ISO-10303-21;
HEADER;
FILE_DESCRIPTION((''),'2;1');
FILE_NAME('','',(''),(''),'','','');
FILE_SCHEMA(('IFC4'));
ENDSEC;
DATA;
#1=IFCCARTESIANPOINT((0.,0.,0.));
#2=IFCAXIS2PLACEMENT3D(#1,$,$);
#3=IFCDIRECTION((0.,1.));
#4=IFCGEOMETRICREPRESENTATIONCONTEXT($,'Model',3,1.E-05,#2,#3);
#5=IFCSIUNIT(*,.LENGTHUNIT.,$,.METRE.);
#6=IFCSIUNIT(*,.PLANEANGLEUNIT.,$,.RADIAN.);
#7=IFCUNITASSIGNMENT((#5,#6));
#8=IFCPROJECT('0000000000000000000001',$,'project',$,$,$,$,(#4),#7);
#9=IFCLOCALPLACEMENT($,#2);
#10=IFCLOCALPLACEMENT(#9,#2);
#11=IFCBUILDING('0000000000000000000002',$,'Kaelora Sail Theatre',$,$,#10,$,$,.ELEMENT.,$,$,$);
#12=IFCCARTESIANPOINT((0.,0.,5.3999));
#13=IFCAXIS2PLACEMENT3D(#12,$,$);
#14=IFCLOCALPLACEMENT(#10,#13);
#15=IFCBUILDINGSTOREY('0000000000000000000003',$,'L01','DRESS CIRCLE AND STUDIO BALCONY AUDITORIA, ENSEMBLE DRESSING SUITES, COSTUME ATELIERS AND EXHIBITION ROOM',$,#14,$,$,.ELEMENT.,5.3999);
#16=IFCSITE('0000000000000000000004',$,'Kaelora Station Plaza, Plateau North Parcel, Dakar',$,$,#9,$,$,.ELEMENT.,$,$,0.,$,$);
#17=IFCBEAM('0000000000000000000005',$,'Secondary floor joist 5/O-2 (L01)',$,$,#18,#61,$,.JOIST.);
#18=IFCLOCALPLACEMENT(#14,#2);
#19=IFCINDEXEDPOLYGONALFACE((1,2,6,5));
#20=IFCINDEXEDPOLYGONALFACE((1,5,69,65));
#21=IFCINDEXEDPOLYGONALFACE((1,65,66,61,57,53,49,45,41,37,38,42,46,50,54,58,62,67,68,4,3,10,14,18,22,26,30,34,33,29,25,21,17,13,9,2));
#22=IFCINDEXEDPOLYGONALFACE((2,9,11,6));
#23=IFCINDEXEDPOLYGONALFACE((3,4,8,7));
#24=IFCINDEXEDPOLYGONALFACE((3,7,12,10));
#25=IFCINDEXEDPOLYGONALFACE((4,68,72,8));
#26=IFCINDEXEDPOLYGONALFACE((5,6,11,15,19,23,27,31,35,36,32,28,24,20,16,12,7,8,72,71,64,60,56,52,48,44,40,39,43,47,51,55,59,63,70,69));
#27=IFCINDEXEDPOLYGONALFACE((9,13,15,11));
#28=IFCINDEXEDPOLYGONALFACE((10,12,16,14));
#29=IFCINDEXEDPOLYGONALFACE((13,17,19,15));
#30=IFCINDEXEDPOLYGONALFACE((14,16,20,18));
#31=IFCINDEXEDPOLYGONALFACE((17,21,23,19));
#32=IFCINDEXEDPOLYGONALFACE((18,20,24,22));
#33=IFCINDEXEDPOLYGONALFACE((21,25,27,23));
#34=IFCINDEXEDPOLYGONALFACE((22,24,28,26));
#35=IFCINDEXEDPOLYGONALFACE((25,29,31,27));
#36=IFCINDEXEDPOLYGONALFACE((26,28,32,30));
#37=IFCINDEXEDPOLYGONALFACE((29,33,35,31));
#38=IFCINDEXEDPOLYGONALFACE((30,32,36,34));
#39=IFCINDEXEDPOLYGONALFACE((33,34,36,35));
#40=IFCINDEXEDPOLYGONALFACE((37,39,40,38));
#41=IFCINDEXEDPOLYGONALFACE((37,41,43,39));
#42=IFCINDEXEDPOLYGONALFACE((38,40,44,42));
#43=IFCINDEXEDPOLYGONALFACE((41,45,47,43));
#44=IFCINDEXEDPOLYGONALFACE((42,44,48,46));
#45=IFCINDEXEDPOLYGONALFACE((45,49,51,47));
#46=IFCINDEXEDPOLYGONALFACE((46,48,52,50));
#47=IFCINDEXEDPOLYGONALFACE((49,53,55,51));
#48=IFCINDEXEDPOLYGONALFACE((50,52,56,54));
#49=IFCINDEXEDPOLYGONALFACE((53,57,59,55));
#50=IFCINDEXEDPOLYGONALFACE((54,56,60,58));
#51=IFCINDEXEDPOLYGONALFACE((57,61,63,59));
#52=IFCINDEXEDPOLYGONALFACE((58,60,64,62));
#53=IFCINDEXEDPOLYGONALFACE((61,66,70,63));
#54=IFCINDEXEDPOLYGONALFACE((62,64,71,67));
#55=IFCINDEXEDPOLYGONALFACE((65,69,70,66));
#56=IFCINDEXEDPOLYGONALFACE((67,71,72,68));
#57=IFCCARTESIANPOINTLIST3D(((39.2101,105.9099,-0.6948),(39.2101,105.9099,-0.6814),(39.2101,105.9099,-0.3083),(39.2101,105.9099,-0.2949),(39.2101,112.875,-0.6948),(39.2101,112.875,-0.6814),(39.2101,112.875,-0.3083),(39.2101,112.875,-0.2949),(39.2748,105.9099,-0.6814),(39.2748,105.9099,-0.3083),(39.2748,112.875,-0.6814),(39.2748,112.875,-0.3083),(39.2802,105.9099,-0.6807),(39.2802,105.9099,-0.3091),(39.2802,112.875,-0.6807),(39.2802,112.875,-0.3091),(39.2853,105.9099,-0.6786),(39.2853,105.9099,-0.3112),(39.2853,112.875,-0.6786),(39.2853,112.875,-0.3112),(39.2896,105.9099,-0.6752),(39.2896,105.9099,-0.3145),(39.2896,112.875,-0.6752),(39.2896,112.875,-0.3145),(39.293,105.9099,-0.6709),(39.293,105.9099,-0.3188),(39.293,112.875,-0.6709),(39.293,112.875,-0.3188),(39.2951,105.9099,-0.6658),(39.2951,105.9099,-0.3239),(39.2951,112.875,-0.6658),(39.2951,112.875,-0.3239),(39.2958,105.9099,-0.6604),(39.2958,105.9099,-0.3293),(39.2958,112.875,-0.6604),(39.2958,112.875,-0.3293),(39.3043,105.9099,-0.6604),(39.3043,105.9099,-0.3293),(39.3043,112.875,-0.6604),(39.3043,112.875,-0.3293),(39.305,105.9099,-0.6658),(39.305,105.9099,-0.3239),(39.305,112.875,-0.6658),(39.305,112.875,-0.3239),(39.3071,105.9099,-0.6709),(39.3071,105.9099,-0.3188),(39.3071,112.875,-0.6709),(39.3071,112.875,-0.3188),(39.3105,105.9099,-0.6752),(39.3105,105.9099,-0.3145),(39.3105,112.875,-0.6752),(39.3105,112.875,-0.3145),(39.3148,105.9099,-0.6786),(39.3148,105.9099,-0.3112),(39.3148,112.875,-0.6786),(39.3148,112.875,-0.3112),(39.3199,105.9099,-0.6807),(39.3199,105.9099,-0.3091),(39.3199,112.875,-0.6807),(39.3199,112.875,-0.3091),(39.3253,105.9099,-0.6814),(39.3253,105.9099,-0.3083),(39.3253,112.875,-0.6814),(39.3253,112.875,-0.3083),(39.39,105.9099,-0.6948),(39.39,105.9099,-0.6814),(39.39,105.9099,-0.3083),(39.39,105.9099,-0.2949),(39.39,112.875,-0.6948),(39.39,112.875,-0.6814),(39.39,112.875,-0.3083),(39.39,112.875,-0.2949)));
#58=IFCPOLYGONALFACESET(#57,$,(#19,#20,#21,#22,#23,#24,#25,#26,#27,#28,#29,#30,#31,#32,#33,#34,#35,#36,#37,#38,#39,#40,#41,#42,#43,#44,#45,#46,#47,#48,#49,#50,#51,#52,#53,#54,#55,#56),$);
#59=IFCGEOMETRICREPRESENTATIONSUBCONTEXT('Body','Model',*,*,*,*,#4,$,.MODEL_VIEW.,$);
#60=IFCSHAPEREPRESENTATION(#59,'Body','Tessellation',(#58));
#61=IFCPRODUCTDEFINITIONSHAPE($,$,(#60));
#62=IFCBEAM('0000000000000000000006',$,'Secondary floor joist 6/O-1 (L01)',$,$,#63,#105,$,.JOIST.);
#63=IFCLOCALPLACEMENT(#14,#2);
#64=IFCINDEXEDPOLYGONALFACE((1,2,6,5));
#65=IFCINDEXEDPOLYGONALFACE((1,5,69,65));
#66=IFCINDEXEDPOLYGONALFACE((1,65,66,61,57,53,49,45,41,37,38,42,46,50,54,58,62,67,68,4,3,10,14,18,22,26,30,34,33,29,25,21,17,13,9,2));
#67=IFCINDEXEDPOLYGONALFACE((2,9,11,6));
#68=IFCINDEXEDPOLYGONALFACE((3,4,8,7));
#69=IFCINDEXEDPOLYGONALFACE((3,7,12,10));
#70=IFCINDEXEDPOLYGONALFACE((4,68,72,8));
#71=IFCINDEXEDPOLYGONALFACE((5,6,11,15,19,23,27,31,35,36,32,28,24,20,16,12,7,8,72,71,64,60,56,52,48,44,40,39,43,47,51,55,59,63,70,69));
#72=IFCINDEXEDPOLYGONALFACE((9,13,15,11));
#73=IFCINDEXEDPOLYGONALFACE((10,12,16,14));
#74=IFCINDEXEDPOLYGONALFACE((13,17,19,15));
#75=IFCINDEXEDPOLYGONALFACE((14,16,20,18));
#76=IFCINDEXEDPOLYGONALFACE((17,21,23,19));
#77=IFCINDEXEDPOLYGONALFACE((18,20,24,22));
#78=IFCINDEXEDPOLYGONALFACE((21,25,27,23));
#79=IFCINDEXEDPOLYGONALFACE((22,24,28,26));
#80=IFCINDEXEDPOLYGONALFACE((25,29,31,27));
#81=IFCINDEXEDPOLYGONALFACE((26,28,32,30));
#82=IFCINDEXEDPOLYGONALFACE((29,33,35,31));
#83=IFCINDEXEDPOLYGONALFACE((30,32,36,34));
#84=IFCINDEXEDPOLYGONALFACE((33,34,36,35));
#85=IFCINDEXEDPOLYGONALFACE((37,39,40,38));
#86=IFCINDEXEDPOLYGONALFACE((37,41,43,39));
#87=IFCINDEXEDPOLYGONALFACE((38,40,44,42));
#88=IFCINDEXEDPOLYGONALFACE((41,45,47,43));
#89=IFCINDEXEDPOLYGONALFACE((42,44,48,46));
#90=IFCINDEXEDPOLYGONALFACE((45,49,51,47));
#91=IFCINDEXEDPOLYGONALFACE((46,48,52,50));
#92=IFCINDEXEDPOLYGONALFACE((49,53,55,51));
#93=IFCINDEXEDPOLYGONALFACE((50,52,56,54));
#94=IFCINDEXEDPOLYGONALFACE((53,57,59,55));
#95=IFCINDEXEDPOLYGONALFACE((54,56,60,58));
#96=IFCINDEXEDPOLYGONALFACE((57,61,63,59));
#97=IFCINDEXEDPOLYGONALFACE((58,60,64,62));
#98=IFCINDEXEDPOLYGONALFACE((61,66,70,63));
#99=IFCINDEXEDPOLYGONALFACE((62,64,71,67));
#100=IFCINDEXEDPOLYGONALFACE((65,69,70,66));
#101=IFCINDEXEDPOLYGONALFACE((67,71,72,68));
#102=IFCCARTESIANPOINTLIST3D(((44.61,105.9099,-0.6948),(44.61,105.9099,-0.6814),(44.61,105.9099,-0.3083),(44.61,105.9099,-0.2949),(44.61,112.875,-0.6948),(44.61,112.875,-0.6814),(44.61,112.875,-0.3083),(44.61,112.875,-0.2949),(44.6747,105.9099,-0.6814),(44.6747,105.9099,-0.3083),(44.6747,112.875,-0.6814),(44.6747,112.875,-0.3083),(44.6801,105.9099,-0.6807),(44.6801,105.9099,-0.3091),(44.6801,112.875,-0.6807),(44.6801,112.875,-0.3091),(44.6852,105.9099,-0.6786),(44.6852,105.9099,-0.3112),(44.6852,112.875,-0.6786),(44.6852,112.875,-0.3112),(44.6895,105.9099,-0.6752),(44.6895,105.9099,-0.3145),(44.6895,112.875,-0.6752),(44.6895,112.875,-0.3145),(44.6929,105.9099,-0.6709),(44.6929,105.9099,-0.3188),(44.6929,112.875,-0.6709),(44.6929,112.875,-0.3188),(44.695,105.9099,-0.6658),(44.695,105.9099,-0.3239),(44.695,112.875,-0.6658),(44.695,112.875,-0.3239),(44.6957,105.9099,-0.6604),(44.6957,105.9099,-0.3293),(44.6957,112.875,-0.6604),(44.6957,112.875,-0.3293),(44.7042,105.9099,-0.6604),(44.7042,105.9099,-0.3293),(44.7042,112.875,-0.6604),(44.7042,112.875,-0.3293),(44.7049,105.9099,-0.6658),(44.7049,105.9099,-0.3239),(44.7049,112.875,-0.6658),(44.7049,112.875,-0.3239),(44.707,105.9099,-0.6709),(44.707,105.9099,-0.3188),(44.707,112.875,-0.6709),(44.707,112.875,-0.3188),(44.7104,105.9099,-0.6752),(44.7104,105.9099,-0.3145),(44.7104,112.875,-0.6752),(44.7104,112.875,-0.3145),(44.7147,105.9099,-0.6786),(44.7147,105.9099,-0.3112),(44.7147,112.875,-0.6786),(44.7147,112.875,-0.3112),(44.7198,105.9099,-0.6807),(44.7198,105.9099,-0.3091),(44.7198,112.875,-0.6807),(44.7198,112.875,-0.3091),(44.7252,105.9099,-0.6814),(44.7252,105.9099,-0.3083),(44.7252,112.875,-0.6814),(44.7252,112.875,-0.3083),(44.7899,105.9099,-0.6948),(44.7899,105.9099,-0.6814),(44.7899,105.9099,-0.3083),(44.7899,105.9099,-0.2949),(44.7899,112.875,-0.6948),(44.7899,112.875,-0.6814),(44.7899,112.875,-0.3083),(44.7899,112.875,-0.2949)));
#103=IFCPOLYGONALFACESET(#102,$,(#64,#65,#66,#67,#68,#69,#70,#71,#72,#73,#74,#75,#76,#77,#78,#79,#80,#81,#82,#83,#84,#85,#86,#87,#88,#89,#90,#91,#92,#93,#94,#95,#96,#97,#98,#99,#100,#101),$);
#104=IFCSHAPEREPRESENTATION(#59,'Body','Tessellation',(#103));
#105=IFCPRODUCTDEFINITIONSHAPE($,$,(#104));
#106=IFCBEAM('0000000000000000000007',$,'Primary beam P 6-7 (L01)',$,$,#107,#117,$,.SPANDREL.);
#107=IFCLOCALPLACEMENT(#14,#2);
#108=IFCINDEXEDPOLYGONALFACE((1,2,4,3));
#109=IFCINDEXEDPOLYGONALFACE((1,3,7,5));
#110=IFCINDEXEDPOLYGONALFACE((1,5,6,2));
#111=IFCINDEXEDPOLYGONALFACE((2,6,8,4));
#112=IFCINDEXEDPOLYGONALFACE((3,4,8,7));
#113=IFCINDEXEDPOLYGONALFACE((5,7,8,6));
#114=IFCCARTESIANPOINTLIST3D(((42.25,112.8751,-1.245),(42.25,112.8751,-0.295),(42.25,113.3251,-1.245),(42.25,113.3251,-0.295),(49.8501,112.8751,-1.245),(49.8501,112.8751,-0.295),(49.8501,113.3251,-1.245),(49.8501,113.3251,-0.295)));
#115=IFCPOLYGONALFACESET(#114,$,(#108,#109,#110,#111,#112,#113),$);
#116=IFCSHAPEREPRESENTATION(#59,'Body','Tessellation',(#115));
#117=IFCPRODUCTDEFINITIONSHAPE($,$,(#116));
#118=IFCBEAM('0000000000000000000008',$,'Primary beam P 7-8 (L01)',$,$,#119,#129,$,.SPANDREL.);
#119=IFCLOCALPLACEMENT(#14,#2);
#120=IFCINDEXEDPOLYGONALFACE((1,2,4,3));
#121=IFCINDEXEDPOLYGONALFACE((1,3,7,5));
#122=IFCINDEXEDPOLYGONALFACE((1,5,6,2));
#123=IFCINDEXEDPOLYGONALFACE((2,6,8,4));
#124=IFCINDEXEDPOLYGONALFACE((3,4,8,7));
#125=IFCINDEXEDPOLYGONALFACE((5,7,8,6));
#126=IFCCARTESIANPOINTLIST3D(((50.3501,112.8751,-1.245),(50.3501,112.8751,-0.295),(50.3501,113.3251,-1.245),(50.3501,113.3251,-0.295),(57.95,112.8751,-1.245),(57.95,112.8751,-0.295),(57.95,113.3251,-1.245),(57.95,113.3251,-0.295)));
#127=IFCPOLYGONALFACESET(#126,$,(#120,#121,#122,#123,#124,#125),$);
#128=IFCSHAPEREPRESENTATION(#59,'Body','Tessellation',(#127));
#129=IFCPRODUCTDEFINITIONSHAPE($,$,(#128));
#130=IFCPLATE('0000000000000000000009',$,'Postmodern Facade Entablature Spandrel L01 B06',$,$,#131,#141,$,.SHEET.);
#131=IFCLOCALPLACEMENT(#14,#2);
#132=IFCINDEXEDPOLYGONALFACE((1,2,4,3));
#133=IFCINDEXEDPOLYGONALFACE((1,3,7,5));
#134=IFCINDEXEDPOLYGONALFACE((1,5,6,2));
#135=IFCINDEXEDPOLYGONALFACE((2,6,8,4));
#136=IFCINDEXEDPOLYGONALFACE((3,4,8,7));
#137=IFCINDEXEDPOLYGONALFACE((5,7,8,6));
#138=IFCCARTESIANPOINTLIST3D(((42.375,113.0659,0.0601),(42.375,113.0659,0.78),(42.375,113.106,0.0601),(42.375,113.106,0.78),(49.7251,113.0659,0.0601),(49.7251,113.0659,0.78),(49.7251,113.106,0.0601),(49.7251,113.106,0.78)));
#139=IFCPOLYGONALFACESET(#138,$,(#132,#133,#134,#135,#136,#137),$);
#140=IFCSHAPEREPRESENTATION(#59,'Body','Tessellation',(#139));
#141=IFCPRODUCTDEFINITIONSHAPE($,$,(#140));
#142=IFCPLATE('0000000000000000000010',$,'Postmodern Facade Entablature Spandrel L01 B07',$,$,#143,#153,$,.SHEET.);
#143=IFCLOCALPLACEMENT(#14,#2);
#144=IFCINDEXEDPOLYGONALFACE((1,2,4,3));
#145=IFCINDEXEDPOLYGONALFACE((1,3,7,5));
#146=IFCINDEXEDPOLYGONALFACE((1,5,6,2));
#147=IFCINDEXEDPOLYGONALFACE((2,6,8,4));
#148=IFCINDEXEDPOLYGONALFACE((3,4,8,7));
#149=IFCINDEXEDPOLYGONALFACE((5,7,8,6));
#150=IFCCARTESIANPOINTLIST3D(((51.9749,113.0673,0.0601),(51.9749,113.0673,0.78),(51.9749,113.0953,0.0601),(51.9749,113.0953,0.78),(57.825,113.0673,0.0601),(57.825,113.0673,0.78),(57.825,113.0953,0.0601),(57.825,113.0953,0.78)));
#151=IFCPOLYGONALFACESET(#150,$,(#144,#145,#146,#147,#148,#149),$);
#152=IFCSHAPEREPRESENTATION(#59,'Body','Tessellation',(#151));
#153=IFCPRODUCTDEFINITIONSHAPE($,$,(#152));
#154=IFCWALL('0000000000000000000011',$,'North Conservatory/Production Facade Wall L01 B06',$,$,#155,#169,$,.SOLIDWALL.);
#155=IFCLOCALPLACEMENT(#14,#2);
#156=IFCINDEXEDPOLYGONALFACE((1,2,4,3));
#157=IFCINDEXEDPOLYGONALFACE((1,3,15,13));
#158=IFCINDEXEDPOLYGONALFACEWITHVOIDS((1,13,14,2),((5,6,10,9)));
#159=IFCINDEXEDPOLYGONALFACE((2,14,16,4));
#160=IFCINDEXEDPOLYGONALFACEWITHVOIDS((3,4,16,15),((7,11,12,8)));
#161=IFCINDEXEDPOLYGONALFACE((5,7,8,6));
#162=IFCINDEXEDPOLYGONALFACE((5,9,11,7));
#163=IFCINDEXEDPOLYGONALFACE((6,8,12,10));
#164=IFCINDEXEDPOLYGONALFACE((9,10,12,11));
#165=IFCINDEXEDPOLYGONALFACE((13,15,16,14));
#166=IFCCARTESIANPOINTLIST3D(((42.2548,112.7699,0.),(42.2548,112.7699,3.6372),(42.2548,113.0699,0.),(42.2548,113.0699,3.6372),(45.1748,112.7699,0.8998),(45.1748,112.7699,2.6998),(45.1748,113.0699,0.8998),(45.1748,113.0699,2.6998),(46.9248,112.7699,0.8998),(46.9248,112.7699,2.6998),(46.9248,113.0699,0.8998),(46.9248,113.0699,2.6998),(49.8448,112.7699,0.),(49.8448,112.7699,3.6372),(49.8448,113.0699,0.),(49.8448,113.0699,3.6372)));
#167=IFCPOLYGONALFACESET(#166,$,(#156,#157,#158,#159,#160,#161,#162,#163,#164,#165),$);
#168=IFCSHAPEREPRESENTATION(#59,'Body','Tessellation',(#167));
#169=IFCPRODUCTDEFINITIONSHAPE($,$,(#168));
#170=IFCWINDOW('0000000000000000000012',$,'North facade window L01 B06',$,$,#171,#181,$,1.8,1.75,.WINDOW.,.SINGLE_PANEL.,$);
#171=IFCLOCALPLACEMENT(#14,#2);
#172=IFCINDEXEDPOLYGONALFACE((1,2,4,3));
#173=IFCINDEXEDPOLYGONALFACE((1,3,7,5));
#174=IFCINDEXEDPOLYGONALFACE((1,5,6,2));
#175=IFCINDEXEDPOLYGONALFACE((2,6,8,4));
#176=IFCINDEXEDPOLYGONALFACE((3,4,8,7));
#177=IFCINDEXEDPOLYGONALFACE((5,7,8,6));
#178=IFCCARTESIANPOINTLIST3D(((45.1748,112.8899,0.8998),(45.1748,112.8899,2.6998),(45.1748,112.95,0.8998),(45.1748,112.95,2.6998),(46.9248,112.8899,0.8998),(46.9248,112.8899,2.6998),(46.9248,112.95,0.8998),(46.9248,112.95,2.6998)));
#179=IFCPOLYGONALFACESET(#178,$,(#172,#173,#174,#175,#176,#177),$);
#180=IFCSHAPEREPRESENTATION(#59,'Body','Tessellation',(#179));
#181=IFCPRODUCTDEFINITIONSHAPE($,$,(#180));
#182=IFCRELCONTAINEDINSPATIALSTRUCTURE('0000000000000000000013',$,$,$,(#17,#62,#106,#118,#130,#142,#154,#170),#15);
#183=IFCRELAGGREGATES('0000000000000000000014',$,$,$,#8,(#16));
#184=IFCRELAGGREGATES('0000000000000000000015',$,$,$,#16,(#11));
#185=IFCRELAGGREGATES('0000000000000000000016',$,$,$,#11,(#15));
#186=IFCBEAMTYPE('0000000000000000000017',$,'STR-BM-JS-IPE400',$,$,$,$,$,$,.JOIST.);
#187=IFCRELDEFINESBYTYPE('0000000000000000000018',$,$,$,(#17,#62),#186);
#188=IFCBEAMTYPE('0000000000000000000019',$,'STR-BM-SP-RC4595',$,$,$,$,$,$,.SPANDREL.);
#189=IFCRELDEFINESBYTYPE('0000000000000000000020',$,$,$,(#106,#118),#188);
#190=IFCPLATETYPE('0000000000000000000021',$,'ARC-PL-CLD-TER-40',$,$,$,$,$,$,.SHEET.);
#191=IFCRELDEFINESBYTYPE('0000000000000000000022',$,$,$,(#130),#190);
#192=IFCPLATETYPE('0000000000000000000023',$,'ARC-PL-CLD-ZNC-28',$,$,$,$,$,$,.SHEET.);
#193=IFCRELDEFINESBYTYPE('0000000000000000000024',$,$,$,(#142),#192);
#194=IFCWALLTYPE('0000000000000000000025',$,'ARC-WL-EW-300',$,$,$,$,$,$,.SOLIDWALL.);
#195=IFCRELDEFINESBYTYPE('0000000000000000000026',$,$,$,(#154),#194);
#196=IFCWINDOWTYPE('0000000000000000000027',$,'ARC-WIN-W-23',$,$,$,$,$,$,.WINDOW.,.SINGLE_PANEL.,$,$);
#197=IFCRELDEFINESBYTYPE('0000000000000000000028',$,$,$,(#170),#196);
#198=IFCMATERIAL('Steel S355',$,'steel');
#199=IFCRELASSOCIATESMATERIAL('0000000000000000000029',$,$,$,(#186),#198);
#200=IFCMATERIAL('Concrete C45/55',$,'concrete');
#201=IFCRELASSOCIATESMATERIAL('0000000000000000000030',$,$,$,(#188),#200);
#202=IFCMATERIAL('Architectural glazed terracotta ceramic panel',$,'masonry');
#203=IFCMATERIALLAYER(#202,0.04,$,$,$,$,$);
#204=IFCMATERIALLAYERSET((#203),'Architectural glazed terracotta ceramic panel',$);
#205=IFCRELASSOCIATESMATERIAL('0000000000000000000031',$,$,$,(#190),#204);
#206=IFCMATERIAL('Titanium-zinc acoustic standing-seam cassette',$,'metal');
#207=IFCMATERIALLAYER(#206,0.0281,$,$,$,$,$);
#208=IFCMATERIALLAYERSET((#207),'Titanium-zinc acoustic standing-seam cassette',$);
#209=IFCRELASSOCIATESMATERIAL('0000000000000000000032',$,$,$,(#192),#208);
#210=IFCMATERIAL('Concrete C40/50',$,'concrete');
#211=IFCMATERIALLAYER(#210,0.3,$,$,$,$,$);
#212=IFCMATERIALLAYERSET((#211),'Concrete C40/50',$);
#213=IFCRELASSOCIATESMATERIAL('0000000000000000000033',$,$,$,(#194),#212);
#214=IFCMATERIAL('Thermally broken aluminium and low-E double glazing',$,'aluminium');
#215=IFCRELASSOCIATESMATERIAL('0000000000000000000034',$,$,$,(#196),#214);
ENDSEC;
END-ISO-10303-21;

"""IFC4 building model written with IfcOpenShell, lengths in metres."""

from ifc_helpers import new_model, si_unit, direction, frame, frame_2d, origin, origin_2d, place, context, subcontext, project, spatial, rectangle, i_section, extrude, material, layer, layer_set, material_profile, profile_set, type_object, element, fill, save


model = new_model("IFC4")

# Units and contexts
model_context = context("Model", 3, precision=1e-05, world=origin(), true_north=direction((0.0, 1.0)))
body_context = subcontext(model_context, "Body", "Model", "MODEL_VIEW")
ifc_project = project(units=[si_unit("LENGTHUNIT", "METRE"), si_unit("PLANEANGLEUNIT", "RADIAN")], contexts=[model_context])

# Site, building, storey
site_placement = place(None, origin())
site = spatial("IfcSite", under=ifc_project, at=site_placement, Name="Kaelora Station Plaza, Plateau North Parcel, Dakar", CompositionType="ELEMENT", RefElevation=0.0)
building_placement = place(site_placement, origin())
building = spatial("IfcBuilding", under=site, at=building_placement, Name="Kaelora Sail Theatre", CompositionType="ELEMENT")
storey_placement = place(building_placement, frame((0.0, 0.0, 5.3999)))
storey = spatial("IfcBuildingStorey", under=building, at=storey_placement, Name="L01", Description="DRESS CIRCLE AND STUDIO BALCONY AUDITORIA, ENSEMBLE DRESSING SUITES, COSTUME ATELIERS AND EXHIBITION ROOM", CompositionType="ELEMENT", Elevation=5.3999)

# Beams
ifc_material_1 = material(Name="Steel S355", Category="steel")
ifc_material_profile_1 = material_profile(ifc_material_1, i_section(OverallWidth=0.1799, OverallDepth=0.3999, WebThickness=0.0085, FlangeThickness=0.0134, FilletRadius=0.021, at=origin_2d()), Name="IPE 400")
ifc_profile_set_1 = profile_set([ifc_material_profile_1], Name="Steel S355")
beam_type_1 = type_object("IfcBeamType", Name="STR-BM-JS-IPE400", PredefinedType="JOIST", material=ifc_profile_set_1)
for number, where, z_axis, x_axis, name in (
    (1, (39.3, 105.9099, -0.4949), (0.0, 1.0, 0.0), (-1.0, 0.0, 0.0), "Secondary floor joist 5/O-2 (L01)"),
    (2, (44.7, 105.9099, -0.4949), (0.0, 1.0, 0.0), (-1.0, 0.0, 0.0), "Secondary floor joist 6/O-1 (L01)"),
):
    element("IfcBeam", number, at=place(storey_placement, frame(where, z_axis=z_axis, x_axis=x_axis)), inside=storey, type_object=beam_type_1, Name=name, PredefinedType="JOIST", context=body_context, shape_type="SweptSolid", body=[
        extrude(i_section(OverallWidth=0.1799, OverallDepth=0.3999, WebThickness=0.0085, FlangeThickness=0.0134, FilletRadius=0.021, at=origin_2d()), origin(), (0.0, 0.0, 1.0), 6.9651),
    ])
ifc_material_2 = material(Name="Concrete C45/55", Category="concrete")
ifc_material_profile_2 = material_profile(ifc_material_2, rectangle(XDim=0.45, YDim=0.95, at=origin_2d()), Name="RC-SPN 450x950")
ifc_profile_set_2 = profile_set([ifc_material_profile_2], Name="Concrete C45/55")
beam_type_2 = type_object("IfcBeamType", Name="STR-BM-SP-RC4595", PredefinedType="SPANDREL", material=ifc_profile_set_2)
beam_1_placement = place(storey_placement, frame((42.25, 113.1001, -0.77), z_axis=(1.0, 0.0, 0.0), x_axis=(0.0, 1.0, 0.0)))
element("IfcBeam", 3, at=beam_1_placement, inside=storey, type_object=beam_type_2, Name="Primary beam P 6-7 (L01)", PredefinedType="SPANDREL", context=body_context, shape_type="SweptSolid", body=[
    extrude(rectangle(XDim=0.45, YDim=0.95, at=origin_2d()), origin(), (0.0, 0.0, 1.0), 7.6001),
])
beam_2_placement = place(storey_placement, frame((50.3501, 113.1001, -0.77), z_axis=(1.0, 0.0, 0.0), x_axis=(0.0, 1.0, 0.0)))
element("IfcBeam", 4, at=beam_2_placement, inside=storey, type_object=beam_type_2, Name="Primary beam P 7-8 (L01)", PredefinedType="SPANDREL", context=body_context, shape_type="SweptSolid", body=[
    extrude(rectangle(XDim=0.45, YDim=0.95, at=origin_2d()), origin(), (0.0, 0.0, 1.0), 7.5999),
])

# Plates
ifc_material_3 = material(Name="Architectural glazed terracotta ceramic panel", Category="masonry")
ifc_layer_1 = layer(ifc_material_3, 0.04)
ifc_layer_set_1 = layer_set([ifc_layer_1], Name="Architectural glazed terracotta ceramic panel")
plate_type_1 = type_object("IfcPlateType", Name="ARC-PL-CLD-TER-40", PredefinedType="SHEET", material=ifc_layer_set_1)
plate_1_placement = place(storey_placement, frame((46.05, 113.0859, 0.0601), z_axis=(0.0, 0.0, 1.0), x_axis=(1.0, 0.0, 0.0)))
element("IfcPlate", 5, at=plate_1_placement, inside=storey, type_object=plate_type_1, Name="Postmodern Facade Entablature Spandrel L01 B06", PredefinedType="SHEET", context=body_context, shape_type="SweptSolid", body=[
    extrude(rectangle(XDim=7.3501, YDim=0.04, at=origin_2d()), origin(), (0.0, 0.0, 1.0), 0.72),
])
ifc_material_4 = material(Name="Titanium-zinc acoustic standing-seam cassette", Category="metal")
ifc_layer_2 = layer(ifc_material_4, 0.0281)
ifc_layer_set_2 = layer_set([ifc_layer_2], Name="Titanium-zinc acoustic standing-seam cassette")
plate_type_2 = type_object("IfcPlateType", Name="ARC-PL-CLD-ZNC-28", PredefinedType="SHEET", material=ifc_layer_set_2)
plate_2_placement = place(storey_placement, frame((54.8999, 113.0813, 0.0601), z_axis=(0.0, 0.0, 1.0), x_axis=(1.0, 0.0, 0.0)))
element("IfcPlate", 6, at=plate_2_placement, inside=storey, type_object=plate_type_2, Name="Postmodern Facade Entablature Spandrel L01 B07", PredefinedType="SHEET", context=body_context, shape_type="SweptSolid", body=[
    extrude(rectangle(XDim=5.8501, YDim=0.0281, at=origin_2d()), origin(), (0.0, 0.0, 1.0), 0.72),
])

# Wall, opening, window
ifc_material_5 = material(Name="Concrete C40/50", Category="concrete")
ifc_layer_3 = layer(ifc_material_5, 0.3)
ifc_layer_set_3 = layer_set([ifc_layer_3], Name="Concrete C40/50")
wall_type_1 = type_object("IfcWallType", Name="ARC-WL-EW-300", PredefinedType="SOLIDWALL", material=ifc_layer_set_3)
wall_1_placement = place(storey_placement, frame((42.2549, 112.9199, 0.0), z_axis=(0.0, 0.0, 1.0), x_axis=(1.0, 0.0, 0.0)))
wall_1 = element("IfcWall", 7, at=wall_1_placement, inside=storey, type_object=wall_type_1, Name="North Conservatory/Production Facade Wall L01 B06", PredefinedType="SOLIDWALL", context=body_context, shape_type="SweptSolid", body=[
    extrude(rectangle(XDim=7.5901, YDim=0.3, at=frame_2d((3.7949, 0.0))), origin(), (0.0, 0.0, 1.0), 3.6372),
])
opening_1_placement = place(wall_1_placement, frame((2.9199, 0.0, 0.8999)))
opening_1 = element("IfcOpeningElement", 8, at=opening_1_placement, cuts=wall_1, PredefinedType="OPENING", context=body_context, shape_type="SweptSolid", body=[
    extrude(rectangle(XDim=1.75, YDim=1.8, at=frame_2d((0.875, 0.8999))), frame((0.0, 0.1599, 0.0), z_axis=(0.0, -1.0, 0.0), x_axis=(1.0, 0.0, 0.0)), (0.0, 0.0, 1.0), 0.32),
])
ifc_material_6 = material(Name="Thermally broken aluminium and low-E double glazing", Category="aluminium")
window_type_1 = type_object("IfcWindowType", Name="ARC-WIN-W-23", PartitioningType="SINGLE_PANEL", PredefinedType="WINDOW", material=ifc_material_6)
window_1_placement = place(opening_1_placement, origin())
window_1 = element("IfcWindow", 9, at=window_1_placement, inside=storey, type_object=window_type_1, Name="North facade window L01 B06", OverallHeight=1.8, OverallWidth=1.75, PartitioningType="SINGLE_PANEL", PredefinedType="WINDOW", context=body_context, shape_type="SweptSolid", body=[
    extrude(rectangle(XDim=1.75, YDim=1.8, at=frame_2d((0.875, 0.8999))), frame((0.0, 0.03, 0.0), z_axis=(0.0, -1.0, 0.0), x_axis=(1.0, 0.0, 0.0)), (0.0, 0.0, 1.0), 0.0601),
])
fill(opening_1, window_1)

save(model, "model.ifc")
